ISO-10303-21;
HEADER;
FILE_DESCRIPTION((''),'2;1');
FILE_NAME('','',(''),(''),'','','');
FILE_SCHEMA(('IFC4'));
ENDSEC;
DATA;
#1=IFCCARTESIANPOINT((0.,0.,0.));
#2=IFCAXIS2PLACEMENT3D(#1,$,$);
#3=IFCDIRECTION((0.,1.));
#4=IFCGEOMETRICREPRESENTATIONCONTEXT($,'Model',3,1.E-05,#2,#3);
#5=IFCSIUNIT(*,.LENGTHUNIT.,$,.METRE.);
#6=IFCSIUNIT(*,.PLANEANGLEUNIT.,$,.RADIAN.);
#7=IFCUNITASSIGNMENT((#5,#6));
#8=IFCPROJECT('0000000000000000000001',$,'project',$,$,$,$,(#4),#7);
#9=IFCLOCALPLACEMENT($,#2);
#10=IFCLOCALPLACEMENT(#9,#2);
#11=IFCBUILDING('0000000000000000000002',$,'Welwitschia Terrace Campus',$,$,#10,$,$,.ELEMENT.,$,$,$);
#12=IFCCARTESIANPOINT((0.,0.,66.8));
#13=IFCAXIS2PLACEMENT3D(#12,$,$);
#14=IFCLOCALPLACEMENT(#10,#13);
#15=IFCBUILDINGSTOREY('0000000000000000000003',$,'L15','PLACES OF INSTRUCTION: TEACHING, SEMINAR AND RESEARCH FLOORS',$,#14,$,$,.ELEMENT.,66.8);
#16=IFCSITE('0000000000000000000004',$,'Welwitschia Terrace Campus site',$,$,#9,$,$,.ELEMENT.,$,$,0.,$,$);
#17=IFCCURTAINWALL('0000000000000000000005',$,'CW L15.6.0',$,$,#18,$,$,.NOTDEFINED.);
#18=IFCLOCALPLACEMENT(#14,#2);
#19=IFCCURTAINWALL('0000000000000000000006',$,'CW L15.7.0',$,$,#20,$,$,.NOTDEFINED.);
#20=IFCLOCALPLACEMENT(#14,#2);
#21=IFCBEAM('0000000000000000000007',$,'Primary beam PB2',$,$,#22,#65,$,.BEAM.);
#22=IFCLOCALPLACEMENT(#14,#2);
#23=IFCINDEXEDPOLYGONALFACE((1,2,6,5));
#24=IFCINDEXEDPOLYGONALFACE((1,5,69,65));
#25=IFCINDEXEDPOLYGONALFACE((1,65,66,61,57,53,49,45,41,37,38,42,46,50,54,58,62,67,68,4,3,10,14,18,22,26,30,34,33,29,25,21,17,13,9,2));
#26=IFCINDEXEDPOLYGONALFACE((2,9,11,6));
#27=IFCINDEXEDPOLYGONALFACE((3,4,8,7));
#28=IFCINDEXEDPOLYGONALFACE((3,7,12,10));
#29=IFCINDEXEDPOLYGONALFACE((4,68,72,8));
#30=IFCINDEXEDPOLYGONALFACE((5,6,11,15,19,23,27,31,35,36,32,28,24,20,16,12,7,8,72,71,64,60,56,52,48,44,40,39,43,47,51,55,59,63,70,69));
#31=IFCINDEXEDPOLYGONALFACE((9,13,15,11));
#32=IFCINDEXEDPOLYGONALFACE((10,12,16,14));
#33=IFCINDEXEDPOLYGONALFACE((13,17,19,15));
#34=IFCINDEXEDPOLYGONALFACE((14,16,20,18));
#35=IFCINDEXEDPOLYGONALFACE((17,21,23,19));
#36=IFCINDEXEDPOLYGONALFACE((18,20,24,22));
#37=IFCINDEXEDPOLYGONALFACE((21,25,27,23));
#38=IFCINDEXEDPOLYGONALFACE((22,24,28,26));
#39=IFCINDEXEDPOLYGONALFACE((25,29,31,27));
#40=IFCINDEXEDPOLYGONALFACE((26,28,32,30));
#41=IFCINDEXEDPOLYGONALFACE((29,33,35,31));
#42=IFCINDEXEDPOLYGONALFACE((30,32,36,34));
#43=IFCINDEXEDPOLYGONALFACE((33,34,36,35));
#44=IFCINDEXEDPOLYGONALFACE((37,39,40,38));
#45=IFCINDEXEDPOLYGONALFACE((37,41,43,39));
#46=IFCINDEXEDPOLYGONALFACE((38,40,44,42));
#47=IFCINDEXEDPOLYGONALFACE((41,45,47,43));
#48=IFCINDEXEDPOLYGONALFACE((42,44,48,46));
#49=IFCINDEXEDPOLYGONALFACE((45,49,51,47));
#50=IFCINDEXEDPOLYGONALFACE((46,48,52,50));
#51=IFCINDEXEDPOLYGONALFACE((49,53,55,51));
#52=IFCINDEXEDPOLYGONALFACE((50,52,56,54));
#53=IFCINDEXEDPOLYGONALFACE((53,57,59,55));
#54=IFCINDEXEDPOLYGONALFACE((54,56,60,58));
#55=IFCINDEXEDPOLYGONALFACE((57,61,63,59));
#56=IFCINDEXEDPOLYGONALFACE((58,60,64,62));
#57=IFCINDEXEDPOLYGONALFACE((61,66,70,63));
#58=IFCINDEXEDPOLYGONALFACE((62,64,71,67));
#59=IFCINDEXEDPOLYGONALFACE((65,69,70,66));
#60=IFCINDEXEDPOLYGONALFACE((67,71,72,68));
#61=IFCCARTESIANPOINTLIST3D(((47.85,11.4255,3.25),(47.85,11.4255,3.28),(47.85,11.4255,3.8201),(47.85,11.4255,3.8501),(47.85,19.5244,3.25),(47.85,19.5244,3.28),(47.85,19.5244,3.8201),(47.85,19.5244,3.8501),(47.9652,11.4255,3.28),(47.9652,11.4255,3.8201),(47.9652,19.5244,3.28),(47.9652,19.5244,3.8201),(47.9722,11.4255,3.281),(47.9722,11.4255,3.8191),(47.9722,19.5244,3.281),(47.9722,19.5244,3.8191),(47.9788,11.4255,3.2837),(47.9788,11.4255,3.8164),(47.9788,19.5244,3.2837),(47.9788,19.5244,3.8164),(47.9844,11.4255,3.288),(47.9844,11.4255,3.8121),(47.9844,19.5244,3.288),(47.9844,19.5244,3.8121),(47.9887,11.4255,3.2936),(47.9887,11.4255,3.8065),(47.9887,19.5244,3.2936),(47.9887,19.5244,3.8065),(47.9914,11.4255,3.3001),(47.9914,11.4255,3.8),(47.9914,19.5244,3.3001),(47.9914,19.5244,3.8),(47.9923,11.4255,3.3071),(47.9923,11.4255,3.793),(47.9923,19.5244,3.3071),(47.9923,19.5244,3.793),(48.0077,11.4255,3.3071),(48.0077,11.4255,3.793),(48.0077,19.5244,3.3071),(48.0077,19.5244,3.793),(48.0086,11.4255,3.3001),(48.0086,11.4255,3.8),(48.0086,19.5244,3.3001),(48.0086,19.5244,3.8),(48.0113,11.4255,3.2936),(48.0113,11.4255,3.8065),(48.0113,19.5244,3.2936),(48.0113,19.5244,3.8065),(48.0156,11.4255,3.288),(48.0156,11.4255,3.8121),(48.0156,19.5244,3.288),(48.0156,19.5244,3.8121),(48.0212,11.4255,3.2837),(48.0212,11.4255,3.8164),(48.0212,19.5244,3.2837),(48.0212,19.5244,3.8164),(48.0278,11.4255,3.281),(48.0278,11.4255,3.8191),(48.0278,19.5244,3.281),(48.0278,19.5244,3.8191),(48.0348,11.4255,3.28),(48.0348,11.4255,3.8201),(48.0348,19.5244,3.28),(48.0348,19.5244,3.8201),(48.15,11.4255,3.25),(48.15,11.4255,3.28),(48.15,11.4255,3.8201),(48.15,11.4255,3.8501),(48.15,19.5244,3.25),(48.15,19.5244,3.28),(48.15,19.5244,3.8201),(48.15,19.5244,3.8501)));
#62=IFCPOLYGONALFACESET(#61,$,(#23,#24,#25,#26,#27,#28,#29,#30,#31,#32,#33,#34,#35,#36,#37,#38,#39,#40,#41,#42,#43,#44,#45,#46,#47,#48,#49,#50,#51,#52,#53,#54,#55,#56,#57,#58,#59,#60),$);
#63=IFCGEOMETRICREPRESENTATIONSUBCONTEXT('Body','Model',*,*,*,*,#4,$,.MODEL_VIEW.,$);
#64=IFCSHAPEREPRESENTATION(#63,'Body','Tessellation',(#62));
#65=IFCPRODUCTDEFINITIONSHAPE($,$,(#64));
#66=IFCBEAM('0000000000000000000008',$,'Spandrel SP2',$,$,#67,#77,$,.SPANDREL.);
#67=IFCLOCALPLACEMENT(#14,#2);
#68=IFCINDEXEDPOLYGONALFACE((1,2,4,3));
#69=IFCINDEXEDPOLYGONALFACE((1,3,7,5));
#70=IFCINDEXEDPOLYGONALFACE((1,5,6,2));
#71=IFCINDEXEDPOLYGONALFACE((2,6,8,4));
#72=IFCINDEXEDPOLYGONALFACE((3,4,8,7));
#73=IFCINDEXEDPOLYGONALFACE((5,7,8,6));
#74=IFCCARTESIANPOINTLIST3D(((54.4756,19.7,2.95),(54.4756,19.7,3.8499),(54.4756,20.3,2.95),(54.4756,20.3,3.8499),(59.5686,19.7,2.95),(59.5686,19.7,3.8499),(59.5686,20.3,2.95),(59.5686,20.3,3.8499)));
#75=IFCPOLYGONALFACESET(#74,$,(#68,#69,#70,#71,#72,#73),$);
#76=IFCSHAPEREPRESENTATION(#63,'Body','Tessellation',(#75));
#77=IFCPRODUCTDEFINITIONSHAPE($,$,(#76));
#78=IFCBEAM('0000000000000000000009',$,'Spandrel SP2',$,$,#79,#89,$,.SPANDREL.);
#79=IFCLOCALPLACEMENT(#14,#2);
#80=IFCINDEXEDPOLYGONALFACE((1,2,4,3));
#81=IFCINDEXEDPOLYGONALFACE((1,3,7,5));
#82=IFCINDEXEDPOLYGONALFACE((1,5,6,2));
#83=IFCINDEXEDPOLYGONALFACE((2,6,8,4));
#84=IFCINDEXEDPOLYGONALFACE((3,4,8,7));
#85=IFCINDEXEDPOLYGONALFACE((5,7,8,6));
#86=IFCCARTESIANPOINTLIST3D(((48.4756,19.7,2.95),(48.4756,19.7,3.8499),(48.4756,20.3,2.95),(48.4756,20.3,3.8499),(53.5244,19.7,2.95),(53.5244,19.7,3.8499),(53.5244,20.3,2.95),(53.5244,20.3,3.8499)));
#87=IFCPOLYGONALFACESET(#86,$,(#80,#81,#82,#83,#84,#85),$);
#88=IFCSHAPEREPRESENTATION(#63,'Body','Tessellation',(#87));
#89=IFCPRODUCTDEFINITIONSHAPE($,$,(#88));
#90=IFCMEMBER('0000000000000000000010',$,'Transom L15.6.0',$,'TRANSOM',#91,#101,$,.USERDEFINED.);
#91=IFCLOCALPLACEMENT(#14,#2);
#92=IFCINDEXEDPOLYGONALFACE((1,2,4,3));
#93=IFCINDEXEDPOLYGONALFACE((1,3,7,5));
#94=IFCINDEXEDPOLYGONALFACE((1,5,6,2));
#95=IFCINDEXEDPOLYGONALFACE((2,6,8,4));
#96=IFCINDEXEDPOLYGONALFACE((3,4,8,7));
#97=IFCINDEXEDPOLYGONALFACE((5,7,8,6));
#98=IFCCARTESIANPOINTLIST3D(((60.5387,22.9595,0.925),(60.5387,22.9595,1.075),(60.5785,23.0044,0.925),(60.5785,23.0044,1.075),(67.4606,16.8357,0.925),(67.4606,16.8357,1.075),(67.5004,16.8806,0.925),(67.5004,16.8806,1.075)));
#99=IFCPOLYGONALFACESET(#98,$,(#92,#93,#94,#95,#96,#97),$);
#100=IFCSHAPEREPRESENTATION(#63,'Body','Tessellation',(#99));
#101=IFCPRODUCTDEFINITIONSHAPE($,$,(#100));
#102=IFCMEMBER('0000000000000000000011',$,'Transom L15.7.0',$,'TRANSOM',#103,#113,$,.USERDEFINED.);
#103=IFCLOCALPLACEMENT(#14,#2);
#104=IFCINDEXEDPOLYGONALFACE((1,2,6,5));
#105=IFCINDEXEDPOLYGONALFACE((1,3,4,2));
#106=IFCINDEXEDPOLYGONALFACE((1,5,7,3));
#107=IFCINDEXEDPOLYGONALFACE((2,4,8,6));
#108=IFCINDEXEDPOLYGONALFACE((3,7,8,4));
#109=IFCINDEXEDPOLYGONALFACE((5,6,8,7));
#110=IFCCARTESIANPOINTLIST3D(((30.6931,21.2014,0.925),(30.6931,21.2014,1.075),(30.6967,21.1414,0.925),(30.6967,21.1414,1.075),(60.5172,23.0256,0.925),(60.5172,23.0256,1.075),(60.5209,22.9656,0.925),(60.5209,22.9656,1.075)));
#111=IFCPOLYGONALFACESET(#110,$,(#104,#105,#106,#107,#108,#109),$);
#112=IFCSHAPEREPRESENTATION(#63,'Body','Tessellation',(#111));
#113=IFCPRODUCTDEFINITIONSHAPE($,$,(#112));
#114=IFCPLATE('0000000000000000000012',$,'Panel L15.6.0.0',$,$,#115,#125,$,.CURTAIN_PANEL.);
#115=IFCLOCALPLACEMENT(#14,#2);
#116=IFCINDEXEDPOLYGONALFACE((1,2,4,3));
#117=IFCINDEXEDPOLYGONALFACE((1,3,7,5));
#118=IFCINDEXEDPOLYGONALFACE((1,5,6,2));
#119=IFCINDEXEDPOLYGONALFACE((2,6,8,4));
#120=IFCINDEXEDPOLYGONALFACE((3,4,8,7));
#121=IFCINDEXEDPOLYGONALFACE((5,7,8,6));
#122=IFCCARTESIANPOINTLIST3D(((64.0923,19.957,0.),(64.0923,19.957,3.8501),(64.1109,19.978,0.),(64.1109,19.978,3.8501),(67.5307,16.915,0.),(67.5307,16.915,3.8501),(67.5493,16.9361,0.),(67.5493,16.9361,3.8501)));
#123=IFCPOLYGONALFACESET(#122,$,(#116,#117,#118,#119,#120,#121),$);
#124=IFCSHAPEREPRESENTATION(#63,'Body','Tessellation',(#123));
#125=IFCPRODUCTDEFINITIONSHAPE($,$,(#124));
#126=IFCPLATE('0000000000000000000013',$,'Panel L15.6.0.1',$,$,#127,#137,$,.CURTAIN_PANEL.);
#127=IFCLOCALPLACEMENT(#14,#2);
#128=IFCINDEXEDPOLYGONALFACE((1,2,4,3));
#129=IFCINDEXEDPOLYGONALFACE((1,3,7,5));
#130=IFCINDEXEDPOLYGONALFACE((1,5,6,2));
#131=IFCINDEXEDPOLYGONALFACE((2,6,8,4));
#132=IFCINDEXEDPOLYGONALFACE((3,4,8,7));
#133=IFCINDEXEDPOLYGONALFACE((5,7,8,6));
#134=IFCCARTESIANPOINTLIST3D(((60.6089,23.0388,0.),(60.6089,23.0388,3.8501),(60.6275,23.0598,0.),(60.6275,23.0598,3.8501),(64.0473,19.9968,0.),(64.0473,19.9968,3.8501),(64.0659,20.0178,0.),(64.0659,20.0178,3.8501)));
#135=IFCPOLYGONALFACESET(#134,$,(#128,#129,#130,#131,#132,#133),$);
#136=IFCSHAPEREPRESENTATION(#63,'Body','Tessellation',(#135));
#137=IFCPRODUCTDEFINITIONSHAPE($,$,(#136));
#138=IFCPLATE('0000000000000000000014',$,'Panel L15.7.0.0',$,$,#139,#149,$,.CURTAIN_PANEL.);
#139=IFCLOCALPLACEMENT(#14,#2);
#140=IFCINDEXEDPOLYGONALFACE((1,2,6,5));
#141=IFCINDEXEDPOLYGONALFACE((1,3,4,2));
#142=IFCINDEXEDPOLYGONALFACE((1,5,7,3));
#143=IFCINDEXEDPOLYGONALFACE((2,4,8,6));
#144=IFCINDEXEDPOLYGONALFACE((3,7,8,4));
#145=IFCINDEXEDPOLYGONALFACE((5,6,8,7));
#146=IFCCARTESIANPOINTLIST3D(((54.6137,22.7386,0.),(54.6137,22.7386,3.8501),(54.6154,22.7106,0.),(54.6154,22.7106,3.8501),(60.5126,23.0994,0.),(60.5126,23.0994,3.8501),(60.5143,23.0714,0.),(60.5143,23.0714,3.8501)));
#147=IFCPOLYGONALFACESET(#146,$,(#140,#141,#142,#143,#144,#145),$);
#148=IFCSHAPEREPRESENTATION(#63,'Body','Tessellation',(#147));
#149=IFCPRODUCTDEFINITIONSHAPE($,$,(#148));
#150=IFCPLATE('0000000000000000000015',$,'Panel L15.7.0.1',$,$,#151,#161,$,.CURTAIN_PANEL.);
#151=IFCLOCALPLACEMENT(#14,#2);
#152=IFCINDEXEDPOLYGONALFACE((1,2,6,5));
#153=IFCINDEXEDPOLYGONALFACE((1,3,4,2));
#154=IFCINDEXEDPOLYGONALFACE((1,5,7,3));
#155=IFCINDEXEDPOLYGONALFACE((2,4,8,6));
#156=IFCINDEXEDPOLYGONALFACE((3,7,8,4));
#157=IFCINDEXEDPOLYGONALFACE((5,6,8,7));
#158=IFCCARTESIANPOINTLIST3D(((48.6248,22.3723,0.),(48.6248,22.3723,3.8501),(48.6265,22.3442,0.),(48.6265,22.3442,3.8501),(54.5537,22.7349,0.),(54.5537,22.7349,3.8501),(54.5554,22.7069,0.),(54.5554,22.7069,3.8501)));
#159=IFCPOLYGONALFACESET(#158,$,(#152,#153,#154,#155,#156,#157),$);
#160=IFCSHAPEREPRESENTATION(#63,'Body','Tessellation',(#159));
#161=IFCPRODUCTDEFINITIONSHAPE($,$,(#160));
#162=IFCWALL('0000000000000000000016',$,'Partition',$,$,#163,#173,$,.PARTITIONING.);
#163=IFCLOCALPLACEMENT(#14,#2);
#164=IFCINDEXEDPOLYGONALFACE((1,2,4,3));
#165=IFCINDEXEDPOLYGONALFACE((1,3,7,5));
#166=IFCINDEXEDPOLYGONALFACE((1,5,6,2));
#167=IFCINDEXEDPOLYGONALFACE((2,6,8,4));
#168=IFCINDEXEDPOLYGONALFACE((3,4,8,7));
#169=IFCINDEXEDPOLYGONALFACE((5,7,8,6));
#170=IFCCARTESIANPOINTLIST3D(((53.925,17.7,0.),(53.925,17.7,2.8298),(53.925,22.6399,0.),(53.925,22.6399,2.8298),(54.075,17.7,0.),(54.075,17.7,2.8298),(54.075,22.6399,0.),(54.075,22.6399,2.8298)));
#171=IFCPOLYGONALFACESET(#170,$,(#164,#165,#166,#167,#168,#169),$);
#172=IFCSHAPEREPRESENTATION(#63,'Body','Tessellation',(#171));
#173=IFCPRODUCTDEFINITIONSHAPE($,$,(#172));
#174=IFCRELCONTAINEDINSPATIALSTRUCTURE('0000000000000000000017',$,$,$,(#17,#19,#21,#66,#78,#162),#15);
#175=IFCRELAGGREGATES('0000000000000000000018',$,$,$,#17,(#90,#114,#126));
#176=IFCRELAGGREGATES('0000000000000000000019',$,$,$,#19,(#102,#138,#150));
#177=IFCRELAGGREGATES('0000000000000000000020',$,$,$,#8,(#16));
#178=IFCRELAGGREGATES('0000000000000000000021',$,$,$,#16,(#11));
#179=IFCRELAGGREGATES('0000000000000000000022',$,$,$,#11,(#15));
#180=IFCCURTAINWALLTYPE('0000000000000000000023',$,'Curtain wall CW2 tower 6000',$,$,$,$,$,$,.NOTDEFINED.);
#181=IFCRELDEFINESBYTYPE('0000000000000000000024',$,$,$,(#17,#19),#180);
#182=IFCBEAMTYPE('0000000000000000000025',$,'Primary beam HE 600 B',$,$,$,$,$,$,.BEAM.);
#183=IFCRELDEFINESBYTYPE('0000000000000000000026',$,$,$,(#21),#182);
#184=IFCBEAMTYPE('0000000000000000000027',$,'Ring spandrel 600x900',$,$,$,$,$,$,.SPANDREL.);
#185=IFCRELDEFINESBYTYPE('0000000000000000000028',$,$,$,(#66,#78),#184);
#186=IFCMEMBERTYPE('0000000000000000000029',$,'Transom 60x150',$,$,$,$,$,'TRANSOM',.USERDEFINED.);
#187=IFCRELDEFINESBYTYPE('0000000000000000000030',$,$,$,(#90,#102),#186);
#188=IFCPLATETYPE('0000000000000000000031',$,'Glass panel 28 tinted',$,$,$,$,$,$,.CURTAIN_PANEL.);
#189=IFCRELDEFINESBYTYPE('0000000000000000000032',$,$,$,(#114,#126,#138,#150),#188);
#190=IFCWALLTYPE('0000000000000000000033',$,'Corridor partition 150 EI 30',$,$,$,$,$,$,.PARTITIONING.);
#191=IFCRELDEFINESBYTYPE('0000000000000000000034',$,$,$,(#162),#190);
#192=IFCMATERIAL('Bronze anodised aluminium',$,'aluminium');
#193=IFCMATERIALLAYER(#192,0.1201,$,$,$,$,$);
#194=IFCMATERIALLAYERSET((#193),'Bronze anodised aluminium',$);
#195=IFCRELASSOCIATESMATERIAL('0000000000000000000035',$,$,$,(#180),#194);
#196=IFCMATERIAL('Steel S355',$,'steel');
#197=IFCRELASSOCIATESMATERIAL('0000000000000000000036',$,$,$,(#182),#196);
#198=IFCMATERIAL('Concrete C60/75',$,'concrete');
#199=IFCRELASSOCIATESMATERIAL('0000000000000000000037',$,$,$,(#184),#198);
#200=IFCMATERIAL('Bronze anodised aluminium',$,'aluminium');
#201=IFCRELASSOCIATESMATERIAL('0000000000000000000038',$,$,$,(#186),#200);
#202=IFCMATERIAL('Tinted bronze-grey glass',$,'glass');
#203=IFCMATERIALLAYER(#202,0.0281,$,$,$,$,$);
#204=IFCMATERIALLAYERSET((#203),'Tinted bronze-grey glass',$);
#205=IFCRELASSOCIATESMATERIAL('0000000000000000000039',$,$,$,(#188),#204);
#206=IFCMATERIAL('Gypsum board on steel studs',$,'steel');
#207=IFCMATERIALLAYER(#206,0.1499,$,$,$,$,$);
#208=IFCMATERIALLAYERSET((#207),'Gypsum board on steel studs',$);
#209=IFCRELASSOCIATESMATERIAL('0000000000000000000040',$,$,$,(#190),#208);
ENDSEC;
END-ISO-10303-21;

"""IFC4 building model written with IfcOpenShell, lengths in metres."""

from ifc_helpers import new_model, si_unit, direction, frame, frame_2d, origin, origin_2d, place, context, subcontext, project, spatial, rectangle, i_section, extrude, material, layer, layer_set, material_profile, profile_set, type_object, element, aggregate, save


model = new_model("IFC4")

# Units and contexts
model_context = context("Model", 3, precision=1e-05, world=origin(), true_north=direction((0.0, 1.0)))
body_context = subcontext(model_context, "Body", "Model", "MODEL_VIEW")
ifc_project = project(units=[si_unit("LENGTHUNIT", "METRE"), si_unit("PLANEANGLEUNIT", "RADIAN")], contexts=[model_context])

# Site, building, storey
site_placement = place(None, origin())
site = spatial("IfcSite", under=ifc_project, at=site_placement, Name="Welwitschia Terrace Campus site", CompositionType="ELEMENT", RefElevation=0.0)
building_placement = place(site_placement, origin())
building = spatial("IfcBuilding", under=site, at=building_placement, Name="Welwitschia Terrace Campus", CompositionType="ELEMENT")
storey_placement = place(building_placement, frame((0.0, 0.0, 66.8)))
storey = spatial("IfcBuildingStorey", under=building, at=storey_placement, Name="L15", Description="PLACES OF INSTRUCTION: TEACHING, SEMINAR AND RESEARCH FLOORS", CompositionType="ELEMENT", Elevation=66.8)

# Curtain walls
ifc_material_1 = material(Name="Bronze anodised aluminium", Category="aluminium")
ifc_layer_1 = layer(ifc_material_1, 0.1201)
ifc_layer_set_1 = layer_set([ifc_layer_1], Name="Bronze anodised aluminium")
curtain_wall_type = type_object("IfcCurtainWallType", Name="Curtain wall CW2 tower 6000", PredefinedType="NOTDEFINED", material=ifc_layer_set_1)
curtain_wall_1_placement = place(storey_placement, origin())
curtain_wall_1 = element("IfcCurtainWall", 1, at=curtain_wall_1_placement, inside=storey, type_object=curtain_wall_type, Name="CW L15.6.0", PredefinedType="NOTDEFINED")
curtain_wall_2_placement = place(storey_placement, origin())
curtain_wall_2 = element("IfcCurtainWall", 2, at=curtain_wall_2_placement, inside=storey, type_object=curtain_wall_type, Name="CW L15.7.0", PredefinedType="NOTDEFINED")

# Beams
ifc_material_2 = material(Name="Steel S355", Category="steel")
ifc_material_profile_1 = material_profile(ifc_material_2, i_section(OverallWidth=0.3, OverallDepth=0.6001, WebThickness=0.0154, FlangeThickness=0.03, FilletRadius=0.0271, at=origin_2d()))
ifc_profile_set_1 = profile_set([ifc_material_profile_1], Name="Steel S355")
beam_type_1 = type_object("IfcBeamType", Name="Primary beam HE 600 B", PredefinedType="BEAM", material=ifc_profile_set_1)
beam_1_placement = place(storey_placement, frame((48.0, 19.5244, 3.55), z_axis=(0.0, -1.0, 0.0), x_axis=(1.0, 0.0, 0.0)))
element("IfcBeam", 3, at=beam_1_placement, inside=storey, type_object=beam_type_1, Name="Primary beam PB2", PredefinedType="BEAM", context=body_context, shape_type="SweptSolid", body=[
    extrude(i_section(OverallWidth=0.3, OverallDepth=0.6001, WebThickness=0.0154, FlangeThickness=0.03, FilletRadius=0.0271, at=origin_2d()), origin(), (0.0, 0.0, 1.0), 8.0989),
])
ifc_material_3 = material(Name="Concrete C60/75", Category="concrete")
ifc_material_profile_2 = material_profile(ifc_material_3, rectangle(XDim=0.6001, YDim=0.8999, at=origin_2d()))
ifc_profile_set_2 = profile_set([ifc_material_profile_2], Name="Concrete C60/75")
beam_type_2 = type_object("IfcBeamType", Name="Ring spandrel 600x900", PredefinedType="SPANDREL", material=ifc_profile_set_2)
beam_2_placement = place(storey_placement, frame((59.5686, 20.0, 3.3999), z_axis=(-1.0, 0.0, 0.0), x_axis=(0.0, -1.0, 0.0)))
element("IfcBeam", 4, at=beam_2_placement, inside=storey, type_object=beam_type_2, Name="Spandrel SP2", PredefinedType="SPANDREL", context=body_context, shape_type="SweptSolid", body=[
    extrude(rectangle(XDim=0.6001, YDim=0.8999, at=origin_2d()), origin(), (0.0, 0.0, 1.0), 5.093),
])
beam_3_placement = place(storey_placement, frame((53.5244, 20.0, 3.3999), z_axis=(-1.0, 0.0, 0.0), x_axis=(0.0, -1.0, 0.0)))
element("IfcBeam", 5, at=beam_3_placement, inside=storey, type_object=beam_type_2, Name="Spandrel SP2", PredefinedType="SPANDREL", context=body_context, shape_type="SweptSolid", body=[
    extrude(rectangle(XDim=0.6001, YDim=0.8999, at=origin_2d()), origin(), (0.0, 0.0, 1.0), 5.0488),
])

# Members
ifc_material_4 = material(Name="Bronze anodised aluminium", Category="aluminium")
ifc_material_profile_3 = material_profile(ifc_material_4, rectangle(XDim=0.0601, YDim=0.1499, at=origin_2d()))
ifc_profile_set_3 = profile_set([ifc_material_profile_3], Name="Bronze anodised aluminium")
member_type_1 = type_object("IfcMemberType", Name="Transom 60x150", ElementType="TRANSOM", PredefinedType="USERDEFINED", material=ifc_profile_set_3)
member_1_placement = place(storey_placement, frame((67.4805, 16.8582, 1.0), z_axis=(-0.748965, 0.662609, 0.0), x_axis=(-0.662609, -0.748965, 0.0)))
member_1 = element("IfcMember", 6, at=member_1_placement, type_object=member_type_1, Name="Transom L15.6.0", ObjectType="TRANSOM", PredefinedType="USERDEFINED", context=body_context, shape_type="SweptSolid", body=[
    extrude(rectangle(XDim=0.0601, YDim=0.1499, at=origin_2d()), origin(), (0.0, 0.0, 1.0), 9.2419),
])
member_2_placement = place(storey_placement, frame((60.519, 22.9956, 1.0), z_axis=(-0.998135, -0.061052, 0.0), x_axis=(0.061052, -0.998135, 0.0)))
member_2 = element("IfcMember", 7, at=member_2_placement, type_object=member_type_1, Name="Transom L15.7.0", ObjectType="TRANSOM", PredefinedType="USERDEFINED", context=body_context, shape_type="SweptSolid", body=[
    extrude(rectangle(XDim=0.0601, YDim=0.1499, at=origin_2d()), origin(), (0.0, 0.0, 1.0), 29.8799),
])

# Plates
ifc_material_5 = material(Name="Tinted bronze-grey glass", Category="glass")
ifc_layer_2 = layer(ifc_material_5, 0.0281)
ifc_layer_set_2 = layer_set([ifc_layer_2], Name="Tinted bronze-grey glass")
plate_type = type_object("IfcPlateType", Name="Glass panel 28 tinted", PredefinedType="CURTAIN_PANEL", material=ifc_layer_set_2)
plate_1_placement = place(storey_placement, frame((65.8208, 18.4465, 0.0), z_axis=(0.0, 0.0, 1.0), x_axis=(-0.748956, 0.66262, 0.0)))
plate_1 = element("IfcPlate", 8, at=plate_1_placement, type_object=plate_type, Name="Panel L15.6.0.0", PredefinedType="CURTAIN_PANEL", context=body_context, shape_type="SweptSolid", body=[
    extrude(rectangle(XDim=4.5908, YDim=0.0281, at=origin_2d()), origin(), (0.0, 0.0, 1.0), 3.8501),
])
plate_2_placement = place(storey_placement, frame((62.3374, 21.5283, 0.0), z_axis=(0.0, 0.0, 1.0), x_axis=(-0.748956, 0.66262, 0.0)))
plate_2 = element("IfcPlate", 9, at=plate_2_placement, type_object=plate_type, Name="Panel L15.6.0.1", PredefinedType="CURTAIN_PANEL", context=body_context, shape_type="SweptSolid", body=[
    extrude(rectangle(XDim=4.5908, YDim=0.0281, at=origin_2d()), origin(), (0.0, 0.0, 1.0), 3.8501),
])
aggregate(curtain_wall_1, [member_1, plate_1, plate_2])
plate_3_placement = place(storey_placement, frame((57.564, 22.905, 0.0), z_axis=(0.0, 0.0, 1.0), x_axis=(-0.998135, -0.061049, 0.0)))
plate_3 = element("IfcPlate", 10, at=plate_3_placement, type_object=plate_type, Name="Panel L15.7.0.0", PredefinedType="CURTAIN_PANEL", context=body_context, shape_type="SweptSolid", body=[
    extrude(rectangle(XDim=5.9099, YDim=0.0281, at=origin_2d()), origin(), (0.0, 0.0, 1.0), 3.8501),
])
plate_4_placement = place(storey_placement, frame((51.5901, 22.5396, 0.0), z_axis=(0.0, 0.0, 1.0), x_axis=(-0.998135, -0.061049, 0.0)))
plate_4 = element("IfcPlate", 11, at=plate_4_placement, type_object=plate_type, Name="Panel L15.7.0.1", PredefinedType="CURTAIN_PANEL", context=body_context, shape_type="SweptSolid", body=[
    extrude(rectangle(XDim=5.9399, YDim=0.0281, at=origin_2d()), origin(), (0.0, 0.0, 1.0), 3.8501),
])
aggregate(curtain_wall_2, [member_2, plate_3, plate_4])

# Wall
ifc_material_6 = material(Name="Gypsum board on steel studs", Category="steel")
ifc_layer_3 = layer(ifc_material_6, 0.1499)
ifc_layer_set_3 = layer_set([ifc_layer_3], Name="Gypsum board on steel studs")
wall_type = type_object("IfcWallType", Name="Corridor partition 150 EI 30", PredefinedType="PARTITIONING", material=ifc_layer_set_3)
wall_1_placement = place(storey_placement, frame((54.0, 17.7, 0.0), z_axis=(0.0, 0.0, 1.0), x_axis=(0.0, 1.0, 0.0)))
element("IfcWall", 12, at=wall_1_placement, inside=storey, type_object=wall_type, Name="Partition", PredefinedType="PARTITIONING", context=body_context, shape_type="SweptSolid", body=[
    extrude(rectangle(XDim=4.9399, YDim=0.1499, at=frame_2d((2.47, 0.0))), origin(), (0.0, 0.0, 1.0), 2.8298),
])

save(model, "model.ifc")
